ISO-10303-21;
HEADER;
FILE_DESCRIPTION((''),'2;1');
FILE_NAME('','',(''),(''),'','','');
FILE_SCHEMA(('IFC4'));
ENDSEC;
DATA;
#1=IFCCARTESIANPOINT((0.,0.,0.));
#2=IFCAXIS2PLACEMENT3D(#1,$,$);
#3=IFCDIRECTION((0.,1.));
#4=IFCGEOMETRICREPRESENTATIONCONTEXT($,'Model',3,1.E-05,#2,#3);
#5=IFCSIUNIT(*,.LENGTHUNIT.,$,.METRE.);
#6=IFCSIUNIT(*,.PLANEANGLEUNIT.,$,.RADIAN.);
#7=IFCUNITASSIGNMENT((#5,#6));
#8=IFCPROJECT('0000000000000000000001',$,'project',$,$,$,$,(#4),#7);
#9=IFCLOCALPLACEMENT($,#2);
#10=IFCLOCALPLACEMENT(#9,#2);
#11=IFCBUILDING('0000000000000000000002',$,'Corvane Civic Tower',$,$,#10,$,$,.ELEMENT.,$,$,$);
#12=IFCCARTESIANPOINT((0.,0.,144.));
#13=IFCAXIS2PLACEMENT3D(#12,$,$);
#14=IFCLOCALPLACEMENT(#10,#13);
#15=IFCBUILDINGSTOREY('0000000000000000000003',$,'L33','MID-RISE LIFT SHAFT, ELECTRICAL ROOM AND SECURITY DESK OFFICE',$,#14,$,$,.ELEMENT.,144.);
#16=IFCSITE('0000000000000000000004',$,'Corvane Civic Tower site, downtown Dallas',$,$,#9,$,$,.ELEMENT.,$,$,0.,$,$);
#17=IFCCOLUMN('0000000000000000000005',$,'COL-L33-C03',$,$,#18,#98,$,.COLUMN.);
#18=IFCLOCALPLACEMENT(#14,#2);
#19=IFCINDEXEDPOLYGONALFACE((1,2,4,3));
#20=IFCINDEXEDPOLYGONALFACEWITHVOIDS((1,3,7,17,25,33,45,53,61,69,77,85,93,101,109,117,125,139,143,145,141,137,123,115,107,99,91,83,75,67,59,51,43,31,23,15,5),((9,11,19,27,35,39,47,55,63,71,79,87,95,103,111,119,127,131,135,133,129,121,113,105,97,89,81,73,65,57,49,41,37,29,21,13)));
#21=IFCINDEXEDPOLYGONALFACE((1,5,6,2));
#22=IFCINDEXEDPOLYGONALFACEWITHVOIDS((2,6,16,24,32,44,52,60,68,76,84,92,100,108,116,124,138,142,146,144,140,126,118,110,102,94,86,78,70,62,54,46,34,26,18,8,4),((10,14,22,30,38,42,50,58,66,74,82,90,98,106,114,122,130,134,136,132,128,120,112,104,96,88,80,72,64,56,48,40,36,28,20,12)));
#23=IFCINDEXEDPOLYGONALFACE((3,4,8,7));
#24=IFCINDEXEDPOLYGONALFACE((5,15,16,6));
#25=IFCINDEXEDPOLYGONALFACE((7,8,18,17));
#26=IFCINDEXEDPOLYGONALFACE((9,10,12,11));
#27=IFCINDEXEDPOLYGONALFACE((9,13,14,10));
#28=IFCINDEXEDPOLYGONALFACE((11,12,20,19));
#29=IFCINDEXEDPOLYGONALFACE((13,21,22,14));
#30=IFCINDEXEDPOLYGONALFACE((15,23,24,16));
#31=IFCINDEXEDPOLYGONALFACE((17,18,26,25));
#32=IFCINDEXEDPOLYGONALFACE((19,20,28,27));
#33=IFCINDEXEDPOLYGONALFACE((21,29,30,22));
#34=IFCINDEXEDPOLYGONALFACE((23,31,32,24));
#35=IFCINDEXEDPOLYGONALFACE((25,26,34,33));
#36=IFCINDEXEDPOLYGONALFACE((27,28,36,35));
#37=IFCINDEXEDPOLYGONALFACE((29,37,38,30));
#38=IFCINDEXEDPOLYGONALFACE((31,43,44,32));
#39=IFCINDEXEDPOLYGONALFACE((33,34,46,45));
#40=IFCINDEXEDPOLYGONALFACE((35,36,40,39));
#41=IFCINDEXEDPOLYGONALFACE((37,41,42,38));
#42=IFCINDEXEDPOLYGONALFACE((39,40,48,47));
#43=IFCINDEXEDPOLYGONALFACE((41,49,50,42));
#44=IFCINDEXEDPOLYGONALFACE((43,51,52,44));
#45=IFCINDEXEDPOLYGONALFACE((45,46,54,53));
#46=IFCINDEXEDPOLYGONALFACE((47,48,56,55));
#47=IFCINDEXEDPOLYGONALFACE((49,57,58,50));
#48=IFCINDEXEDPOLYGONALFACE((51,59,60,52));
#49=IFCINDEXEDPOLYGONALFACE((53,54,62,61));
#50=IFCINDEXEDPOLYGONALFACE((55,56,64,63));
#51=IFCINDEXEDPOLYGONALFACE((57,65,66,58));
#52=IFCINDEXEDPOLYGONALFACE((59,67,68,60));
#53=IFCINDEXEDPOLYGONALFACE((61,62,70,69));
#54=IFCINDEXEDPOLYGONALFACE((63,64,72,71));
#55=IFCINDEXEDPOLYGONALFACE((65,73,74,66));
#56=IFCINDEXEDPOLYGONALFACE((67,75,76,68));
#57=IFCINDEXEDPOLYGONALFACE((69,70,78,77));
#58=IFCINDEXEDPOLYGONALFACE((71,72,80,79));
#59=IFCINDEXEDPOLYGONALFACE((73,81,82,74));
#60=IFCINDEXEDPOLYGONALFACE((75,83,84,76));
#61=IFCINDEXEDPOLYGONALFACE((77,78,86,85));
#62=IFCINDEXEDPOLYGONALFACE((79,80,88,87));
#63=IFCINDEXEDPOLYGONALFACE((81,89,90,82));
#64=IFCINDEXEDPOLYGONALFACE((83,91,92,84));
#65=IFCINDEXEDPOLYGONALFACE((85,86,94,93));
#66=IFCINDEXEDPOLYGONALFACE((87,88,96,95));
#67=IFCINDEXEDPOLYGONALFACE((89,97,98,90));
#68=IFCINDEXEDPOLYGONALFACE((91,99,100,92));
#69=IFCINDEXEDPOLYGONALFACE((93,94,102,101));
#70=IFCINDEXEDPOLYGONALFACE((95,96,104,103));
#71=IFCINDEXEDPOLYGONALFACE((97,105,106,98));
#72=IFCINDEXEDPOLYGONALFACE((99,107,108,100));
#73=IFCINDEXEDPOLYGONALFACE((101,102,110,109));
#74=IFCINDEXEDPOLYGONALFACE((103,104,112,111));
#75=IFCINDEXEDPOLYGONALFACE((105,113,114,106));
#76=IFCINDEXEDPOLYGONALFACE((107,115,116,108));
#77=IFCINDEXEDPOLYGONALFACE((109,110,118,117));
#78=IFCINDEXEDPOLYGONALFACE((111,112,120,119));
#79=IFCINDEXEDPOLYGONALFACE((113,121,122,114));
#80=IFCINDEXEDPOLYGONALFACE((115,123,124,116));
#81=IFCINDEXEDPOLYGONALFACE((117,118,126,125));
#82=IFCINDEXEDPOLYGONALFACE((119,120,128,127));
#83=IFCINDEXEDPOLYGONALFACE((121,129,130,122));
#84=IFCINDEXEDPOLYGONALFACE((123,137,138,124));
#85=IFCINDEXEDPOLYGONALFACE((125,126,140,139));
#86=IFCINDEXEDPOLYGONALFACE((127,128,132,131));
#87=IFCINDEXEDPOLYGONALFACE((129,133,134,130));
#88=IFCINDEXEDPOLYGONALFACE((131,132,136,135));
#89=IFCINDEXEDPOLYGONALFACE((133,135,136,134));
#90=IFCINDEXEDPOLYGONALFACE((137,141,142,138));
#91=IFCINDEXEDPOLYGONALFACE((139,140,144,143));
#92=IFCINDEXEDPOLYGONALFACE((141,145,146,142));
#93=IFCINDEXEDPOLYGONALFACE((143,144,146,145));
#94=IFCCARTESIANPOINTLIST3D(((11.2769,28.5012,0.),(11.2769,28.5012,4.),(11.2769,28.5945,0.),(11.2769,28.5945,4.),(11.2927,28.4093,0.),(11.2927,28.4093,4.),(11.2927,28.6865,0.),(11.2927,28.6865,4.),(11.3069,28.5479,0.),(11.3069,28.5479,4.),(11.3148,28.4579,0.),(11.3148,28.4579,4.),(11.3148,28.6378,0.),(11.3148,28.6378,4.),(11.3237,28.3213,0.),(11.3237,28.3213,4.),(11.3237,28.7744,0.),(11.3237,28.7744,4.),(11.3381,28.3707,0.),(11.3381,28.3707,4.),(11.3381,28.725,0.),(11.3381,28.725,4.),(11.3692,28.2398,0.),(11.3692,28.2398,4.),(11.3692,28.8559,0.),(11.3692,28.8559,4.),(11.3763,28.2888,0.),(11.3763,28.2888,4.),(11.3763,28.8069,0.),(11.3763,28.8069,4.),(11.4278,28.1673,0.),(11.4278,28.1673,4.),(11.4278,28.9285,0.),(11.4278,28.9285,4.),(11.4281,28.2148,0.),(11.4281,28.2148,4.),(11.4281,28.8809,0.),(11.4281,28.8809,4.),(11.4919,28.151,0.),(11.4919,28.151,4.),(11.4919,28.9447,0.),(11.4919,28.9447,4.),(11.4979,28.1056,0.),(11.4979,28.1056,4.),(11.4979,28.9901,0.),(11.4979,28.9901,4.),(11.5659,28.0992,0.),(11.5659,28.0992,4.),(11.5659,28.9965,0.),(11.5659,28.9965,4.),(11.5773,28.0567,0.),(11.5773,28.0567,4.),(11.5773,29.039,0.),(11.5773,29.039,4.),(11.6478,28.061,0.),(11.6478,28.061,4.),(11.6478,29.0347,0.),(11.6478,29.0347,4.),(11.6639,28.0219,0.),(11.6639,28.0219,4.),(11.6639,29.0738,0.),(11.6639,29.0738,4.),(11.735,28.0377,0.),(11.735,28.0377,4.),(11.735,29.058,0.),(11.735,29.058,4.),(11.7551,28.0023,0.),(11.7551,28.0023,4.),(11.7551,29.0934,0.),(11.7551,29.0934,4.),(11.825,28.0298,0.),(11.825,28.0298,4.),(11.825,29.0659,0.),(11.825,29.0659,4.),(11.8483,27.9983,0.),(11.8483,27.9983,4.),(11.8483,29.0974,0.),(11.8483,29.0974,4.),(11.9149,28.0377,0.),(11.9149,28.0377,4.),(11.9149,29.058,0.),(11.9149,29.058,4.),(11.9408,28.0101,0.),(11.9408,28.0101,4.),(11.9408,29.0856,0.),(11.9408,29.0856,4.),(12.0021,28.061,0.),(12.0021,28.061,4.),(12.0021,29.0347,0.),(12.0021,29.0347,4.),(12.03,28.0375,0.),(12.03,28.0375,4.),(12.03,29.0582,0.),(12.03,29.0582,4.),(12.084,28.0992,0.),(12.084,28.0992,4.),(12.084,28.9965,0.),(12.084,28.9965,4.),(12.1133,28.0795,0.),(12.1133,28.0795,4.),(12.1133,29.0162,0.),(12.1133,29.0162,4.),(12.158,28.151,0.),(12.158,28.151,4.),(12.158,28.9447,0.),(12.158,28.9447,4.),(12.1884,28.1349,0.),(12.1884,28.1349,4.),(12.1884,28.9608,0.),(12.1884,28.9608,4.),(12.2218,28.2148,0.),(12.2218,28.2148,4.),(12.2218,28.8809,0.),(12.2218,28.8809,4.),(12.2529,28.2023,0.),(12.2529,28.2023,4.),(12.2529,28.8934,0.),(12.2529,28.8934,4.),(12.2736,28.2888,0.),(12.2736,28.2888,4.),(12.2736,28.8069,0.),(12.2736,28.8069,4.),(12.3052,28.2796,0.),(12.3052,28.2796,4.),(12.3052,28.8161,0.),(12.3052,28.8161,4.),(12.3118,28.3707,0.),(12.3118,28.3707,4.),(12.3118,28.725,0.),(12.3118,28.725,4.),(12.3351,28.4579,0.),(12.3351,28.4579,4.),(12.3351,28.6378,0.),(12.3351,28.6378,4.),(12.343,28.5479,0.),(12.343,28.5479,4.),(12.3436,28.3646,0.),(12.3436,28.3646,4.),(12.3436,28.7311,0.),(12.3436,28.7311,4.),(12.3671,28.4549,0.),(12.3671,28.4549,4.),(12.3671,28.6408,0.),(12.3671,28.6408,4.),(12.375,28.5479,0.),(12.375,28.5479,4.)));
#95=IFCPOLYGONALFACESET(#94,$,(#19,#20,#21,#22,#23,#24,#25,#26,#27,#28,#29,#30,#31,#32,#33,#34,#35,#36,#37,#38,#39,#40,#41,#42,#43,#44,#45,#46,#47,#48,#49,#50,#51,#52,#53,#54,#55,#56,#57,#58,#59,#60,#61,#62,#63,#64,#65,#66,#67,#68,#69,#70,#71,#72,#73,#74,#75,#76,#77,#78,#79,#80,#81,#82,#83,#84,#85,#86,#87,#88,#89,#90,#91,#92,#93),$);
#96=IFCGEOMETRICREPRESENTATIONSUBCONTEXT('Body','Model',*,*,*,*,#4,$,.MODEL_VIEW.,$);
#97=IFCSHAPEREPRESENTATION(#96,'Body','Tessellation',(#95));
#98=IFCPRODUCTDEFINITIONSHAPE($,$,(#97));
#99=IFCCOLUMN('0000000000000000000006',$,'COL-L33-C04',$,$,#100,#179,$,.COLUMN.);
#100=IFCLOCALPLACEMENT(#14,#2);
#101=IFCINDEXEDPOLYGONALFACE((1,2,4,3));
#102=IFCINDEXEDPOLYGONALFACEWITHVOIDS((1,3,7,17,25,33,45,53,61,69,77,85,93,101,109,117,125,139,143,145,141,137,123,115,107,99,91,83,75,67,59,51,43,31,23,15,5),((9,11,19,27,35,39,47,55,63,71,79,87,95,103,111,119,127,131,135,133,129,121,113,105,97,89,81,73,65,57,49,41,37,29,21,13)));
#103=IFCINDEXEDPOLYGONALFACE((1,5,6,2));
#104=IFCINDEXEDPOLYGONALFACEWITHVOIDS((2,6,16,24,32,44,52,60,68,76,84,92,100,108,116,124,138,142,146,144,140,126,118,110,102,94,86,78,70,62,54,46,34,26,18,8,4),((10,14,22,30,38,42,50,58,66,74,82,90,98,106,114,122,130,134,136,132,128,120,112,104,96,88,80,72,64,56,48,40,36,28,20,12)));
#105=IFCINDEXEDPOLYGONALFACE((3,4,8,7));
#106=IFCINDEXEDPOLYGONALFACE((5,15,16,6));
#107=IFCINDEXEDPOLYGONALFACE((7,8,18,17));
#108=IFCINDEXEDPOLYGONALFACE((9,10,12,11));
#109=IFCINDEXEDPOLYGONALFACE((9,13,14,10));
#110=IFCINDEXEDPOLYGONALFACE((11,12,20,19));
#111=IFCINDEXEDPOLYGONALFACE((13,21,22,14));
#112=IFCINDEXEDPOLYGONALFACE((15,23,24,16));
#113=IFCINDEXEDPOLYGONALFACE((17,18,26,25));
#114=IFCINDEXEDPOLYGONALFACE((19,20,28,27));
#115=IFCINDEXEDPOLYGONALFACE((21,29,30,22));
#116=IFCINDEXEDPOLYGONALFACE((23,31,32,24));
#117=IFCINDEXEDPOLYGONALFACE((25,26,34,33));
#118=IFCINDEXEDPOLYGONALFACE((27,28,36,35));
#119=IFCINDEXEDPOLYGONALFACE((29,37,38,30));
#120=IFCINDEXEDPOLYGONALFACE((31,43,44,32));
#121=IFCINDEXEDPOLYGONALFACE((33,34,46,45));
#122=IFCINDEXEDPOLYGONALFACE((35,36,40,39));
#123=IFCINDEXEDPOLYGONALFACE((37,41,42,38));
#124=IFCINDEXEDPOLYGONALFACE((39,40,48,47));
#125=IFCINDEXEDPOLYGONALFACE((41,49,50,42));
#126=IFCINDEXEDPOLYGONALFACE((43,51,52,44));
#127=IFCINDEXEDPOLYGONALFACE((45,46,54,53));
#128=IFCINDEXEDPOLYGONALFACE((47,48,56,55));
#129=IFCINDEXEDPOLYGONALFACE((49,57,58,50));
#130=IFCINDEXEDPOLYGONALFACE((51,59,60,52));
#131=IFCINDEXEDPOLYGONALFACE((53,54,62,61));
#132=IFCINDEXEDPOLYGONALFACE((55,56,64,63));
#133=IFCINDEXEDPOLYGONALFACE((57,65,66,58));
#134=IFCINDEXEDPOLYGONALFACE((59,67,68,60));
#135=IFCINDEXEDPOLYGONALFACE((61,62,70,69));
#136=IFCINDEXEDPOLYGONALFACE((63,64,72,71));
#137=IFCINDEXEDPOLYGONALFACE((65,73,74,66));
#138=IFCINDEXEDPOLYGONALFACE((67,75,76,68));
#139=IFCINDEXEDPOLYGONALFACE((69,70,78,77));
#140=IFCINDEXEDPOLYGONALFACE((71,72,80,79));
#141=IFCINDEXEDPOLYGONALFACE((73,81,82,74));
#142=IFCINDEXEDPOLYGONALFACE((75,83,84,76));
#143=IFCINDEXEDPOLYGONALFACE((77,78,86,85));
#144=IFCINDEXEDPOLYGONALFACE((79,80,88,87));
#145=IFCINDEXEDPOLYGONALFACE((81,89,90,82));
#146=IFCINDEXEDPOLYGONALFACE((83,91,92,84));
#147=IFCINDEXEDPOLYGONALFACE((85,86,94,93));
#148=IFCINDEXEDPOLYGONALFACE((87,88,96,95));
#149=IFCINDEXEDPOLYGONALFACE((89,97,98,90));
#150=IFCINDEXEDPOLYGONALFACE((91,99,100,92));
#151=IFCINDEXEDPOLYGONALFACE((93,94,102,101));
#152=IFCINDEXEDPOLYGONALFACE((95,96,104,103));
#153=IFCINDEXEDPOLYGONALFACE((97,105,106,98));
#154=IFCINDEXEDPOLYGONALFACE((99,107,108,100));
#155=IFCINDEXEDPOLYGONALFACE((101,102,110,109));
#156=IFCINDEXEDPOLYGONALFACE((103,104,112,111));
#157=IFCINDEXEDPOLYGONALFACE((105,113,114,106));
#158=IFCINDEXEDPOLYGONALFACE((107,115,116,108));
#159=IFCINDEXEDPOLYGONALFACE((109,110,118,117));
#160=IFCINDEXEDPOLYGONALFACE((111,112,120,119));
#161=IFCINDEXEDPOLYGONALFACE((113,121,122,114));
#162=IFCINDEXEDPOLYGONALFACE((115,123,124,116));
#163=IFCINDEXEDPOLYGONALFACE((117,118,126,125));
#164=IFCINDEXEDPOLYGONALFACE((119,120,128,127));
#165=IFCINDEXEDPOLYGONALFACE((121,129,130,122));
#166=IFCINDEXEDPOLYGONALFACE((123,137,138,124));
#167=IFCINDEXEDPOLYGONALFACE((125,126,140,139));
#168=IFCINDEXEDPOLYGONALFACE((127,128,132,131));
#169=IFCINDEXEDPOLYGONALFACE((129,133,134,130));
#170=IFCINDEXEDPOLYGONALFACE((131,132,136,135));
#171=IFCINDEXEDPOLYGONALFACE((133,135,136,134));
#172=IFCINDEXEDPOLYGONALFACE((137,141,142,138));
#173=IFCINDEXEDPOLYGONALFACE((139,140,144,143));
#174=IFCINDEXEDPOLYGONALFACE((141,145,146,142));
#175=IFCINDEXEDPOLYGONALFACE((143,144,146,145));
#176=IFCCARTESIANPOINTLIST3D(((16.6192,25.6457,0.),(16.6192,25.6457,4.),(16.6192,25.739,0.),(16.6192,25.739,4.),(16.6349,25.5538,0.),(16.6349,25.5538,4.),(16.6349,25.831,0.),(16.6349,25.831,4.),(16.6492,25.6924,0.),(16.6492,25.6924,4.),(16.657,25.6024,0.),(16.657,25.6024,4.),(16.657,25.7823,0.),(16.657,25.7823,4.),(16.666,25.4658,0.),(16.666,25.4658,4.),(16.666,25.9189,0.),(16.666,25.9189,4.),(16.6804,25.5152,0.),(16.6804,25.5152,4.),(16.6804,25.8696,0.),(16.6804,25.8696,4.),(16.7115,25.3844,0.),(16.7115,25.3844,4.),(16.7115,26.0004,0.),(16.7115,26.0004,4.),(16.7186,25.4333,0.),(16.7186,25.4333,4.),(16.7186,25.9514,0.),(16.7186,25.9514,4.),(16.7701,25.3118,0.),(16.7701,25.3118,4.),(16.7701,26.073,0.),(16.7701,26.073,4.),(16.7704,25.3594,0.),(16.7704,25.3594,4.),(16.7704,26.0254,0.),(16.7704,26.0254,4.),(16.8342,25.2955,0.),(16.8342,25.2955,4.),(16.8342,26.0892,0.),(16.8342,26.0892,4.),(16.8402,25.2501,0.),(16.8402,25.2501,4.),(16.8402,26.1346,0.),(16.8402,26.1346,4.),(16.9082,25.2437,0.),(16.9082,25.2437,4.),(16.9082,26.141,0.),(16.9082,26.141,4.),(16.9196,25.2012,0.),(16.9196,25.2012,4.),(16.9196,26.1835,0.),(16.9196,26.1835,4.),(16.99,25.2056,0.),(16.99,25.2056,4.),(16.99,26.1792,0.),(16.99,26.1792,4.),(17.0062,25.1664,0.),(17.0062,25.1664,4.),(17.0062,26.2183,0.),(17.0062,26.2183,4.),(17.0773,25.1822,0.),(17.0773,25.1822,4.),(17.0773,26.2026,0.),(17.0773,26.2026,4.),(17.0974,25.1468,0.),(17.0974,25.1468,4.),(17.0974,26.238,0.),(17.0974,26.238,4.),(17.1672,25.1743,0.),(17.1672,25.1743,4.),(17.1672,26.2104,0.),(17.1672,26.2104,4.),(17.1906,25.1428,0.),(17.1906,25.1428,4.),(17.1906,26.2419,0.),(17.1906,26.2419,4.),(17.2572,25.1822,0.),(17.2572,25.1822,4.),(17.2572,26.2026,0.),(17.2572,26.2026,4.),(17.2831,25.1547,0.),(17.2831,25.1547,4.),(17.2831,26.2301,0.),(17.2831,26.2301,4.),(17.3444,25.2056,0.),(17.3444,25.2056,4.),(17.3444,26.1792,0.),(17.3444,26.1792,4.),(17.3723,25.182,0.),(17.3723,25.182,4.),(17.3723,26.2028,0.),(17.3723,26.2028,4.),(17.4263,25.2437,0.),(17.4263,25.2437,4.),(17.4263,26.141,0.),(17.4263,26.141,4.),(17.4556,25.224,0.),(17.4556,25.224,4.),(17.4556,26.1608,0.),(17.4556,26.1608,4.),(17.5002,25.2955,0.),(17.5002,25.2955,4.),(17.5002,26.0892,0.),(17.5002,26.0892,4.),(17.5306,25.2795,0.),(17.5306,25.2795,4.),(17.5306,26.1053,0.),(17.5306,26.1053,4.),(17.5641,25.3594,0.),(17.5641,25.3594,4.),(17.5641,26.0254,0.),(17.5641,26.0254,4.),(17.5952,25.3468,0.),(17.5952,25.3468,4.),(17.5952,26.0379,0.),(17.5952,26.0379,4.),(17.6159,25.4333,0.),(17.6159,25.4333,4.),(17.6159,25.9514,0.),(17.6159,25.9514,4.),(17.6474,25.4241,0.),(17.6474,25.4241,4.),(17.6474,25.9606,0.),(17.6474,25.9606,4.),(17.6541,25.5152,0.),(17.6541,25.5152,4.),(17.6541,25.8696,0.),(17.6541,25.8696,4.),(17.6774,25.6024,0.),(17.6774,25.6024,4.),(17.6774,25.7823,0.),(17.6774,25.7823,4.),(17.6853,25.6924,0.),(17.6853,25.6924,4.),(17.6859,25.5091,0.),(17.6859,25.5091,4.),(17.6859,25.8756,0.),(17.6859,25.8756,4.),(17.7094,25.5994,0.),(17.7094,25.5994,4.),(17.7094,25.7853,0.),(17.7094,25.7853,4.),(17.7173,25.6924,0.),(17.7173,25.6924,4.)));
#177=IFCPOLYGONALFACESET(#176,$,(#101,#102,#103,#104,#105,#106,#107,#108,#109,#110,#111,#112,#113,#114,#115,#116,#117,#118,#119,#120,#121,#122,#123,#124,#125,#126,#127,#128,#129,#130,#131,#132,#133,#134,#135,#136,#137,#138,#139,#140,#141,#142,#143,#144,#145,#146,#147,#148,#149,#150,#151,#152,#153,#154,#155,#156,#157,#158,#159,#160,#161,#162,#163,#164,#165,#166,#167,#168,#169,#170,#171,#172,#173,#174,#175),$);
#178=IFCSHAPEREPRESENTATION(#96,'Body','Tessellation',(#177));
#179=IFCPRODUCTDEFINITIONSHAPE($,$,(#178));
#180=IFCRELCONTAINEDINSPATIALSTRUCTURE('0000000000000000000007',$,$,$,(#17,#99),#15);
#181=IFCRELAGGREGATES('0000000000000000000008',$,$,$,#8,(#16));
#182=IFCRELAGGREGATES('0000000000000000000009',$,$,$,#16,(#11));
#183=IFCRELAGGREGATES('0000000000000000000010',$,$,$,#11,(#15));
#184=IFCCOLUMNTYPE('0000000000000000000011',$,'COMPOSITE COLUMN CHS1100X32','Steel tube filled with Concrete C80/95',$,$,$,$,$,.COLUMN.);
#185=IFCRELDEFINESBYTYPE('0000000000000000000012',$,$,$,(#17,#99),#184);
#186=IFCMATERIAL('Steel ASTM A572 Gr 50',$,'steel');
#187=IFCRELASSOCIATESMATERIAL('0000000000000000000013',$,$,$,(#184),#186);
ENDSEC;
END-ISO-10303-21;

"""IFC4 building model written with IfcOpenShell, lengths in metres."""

from ifc_helpers import new_model, si_unit, direction, frame, origin, origin_2d, place, context, subcontext, project, spatial, hollow_circle, extrude, material, material_profile, profile_set, type_object, element, save


model = new_model("IFC4")

# Units and contexts
model_context = context("Model", 3, precision=1e-05, world=origin(), true_north=direction((0.0, 1.0)))
body_context = subcontext(model_context, "Body", "Model", "MODEL_VIEW")
ifc_project = project(units=[si_unit("LENGTHUNIT", "METRE"), si_unit("PLANEANGLEUNIT", "RADIAN")], contexts=[model_context])

# Site, building, storey
site_placement = place(None, origin())
site = spatial("IfcSite", under=ifc_project, at=site_placement, Name="Corvane Civic Tower site, downtown Dallas", CompositionType="ELEMENT", RefElevation=0.0)
building_placement = place(site_placement, origin())
building = spatial("IfcBuilding", under=site, at=building_placement, Name="Corvane Civic Tower", CompositionType="ELEMENT")
storey_placement = place(building_placement, frame((0.0, 0.0, 144.0)))
storey = spatial("IfcBuildingStorey", under=building, at=storey_placement, Name="L33", Description="MID-RISE LIFT SHAFT, ELECTRICAL ROOM AND SECURITY DESK OFFICE", CompositionType="ELEMENT", Elevation=144.0)

# Columns
ifc_material_1 = material(Name="Steel ASTM A572 Gr 50", Category="steel")
ifc_material_profile_1 = material_profile(ifc_material_1, hollow_circle(Radius=0.55, WallThickness=0.032, at=origin_2d()), Name="CHS1100X32")
ifc_profile_set_1 = profile_set([ifc_material_profile_1], Name="Steel ASTM A572 Gr 50")
column_type = type_object("IfcColumnType", Name="COMPOSITE COLUMN CHS1100X32", Description="Steel tube filled with Concrete C80/95", PredefinedType="COLUMN", material=ifc_profile_set_1)
for number, where, z_axis, x_axis, name in (
    (1, (11.825, 28.5479, 0.0), (0.0, 0.0, 1.0), (1.0, 0.0, 0.0), "COL-L33-C03"),
    (2, (17.1672, 25.6924, 0.0), (0.0, 0.0, 1.0), (1.0, 0.0, 0.0), "COL-L33-C04"),
):
    element("IfcColumn", number, at=place(storey_placement, frame(where, z_axis=z_axis, x_axis=x_axis)), inside=storey, type_object=column_type, Name=name, PredefinedType="COLUMN", context=body_context, shape_type="SweptSolid", body=[
        extrude(hollow_circle(Radius=0.55, WallThickness=0.032, at=origin_2d()), origin(), (0.0, 0.0, 1.0), 4.0),
    ])

save(model, "model.ifc")
